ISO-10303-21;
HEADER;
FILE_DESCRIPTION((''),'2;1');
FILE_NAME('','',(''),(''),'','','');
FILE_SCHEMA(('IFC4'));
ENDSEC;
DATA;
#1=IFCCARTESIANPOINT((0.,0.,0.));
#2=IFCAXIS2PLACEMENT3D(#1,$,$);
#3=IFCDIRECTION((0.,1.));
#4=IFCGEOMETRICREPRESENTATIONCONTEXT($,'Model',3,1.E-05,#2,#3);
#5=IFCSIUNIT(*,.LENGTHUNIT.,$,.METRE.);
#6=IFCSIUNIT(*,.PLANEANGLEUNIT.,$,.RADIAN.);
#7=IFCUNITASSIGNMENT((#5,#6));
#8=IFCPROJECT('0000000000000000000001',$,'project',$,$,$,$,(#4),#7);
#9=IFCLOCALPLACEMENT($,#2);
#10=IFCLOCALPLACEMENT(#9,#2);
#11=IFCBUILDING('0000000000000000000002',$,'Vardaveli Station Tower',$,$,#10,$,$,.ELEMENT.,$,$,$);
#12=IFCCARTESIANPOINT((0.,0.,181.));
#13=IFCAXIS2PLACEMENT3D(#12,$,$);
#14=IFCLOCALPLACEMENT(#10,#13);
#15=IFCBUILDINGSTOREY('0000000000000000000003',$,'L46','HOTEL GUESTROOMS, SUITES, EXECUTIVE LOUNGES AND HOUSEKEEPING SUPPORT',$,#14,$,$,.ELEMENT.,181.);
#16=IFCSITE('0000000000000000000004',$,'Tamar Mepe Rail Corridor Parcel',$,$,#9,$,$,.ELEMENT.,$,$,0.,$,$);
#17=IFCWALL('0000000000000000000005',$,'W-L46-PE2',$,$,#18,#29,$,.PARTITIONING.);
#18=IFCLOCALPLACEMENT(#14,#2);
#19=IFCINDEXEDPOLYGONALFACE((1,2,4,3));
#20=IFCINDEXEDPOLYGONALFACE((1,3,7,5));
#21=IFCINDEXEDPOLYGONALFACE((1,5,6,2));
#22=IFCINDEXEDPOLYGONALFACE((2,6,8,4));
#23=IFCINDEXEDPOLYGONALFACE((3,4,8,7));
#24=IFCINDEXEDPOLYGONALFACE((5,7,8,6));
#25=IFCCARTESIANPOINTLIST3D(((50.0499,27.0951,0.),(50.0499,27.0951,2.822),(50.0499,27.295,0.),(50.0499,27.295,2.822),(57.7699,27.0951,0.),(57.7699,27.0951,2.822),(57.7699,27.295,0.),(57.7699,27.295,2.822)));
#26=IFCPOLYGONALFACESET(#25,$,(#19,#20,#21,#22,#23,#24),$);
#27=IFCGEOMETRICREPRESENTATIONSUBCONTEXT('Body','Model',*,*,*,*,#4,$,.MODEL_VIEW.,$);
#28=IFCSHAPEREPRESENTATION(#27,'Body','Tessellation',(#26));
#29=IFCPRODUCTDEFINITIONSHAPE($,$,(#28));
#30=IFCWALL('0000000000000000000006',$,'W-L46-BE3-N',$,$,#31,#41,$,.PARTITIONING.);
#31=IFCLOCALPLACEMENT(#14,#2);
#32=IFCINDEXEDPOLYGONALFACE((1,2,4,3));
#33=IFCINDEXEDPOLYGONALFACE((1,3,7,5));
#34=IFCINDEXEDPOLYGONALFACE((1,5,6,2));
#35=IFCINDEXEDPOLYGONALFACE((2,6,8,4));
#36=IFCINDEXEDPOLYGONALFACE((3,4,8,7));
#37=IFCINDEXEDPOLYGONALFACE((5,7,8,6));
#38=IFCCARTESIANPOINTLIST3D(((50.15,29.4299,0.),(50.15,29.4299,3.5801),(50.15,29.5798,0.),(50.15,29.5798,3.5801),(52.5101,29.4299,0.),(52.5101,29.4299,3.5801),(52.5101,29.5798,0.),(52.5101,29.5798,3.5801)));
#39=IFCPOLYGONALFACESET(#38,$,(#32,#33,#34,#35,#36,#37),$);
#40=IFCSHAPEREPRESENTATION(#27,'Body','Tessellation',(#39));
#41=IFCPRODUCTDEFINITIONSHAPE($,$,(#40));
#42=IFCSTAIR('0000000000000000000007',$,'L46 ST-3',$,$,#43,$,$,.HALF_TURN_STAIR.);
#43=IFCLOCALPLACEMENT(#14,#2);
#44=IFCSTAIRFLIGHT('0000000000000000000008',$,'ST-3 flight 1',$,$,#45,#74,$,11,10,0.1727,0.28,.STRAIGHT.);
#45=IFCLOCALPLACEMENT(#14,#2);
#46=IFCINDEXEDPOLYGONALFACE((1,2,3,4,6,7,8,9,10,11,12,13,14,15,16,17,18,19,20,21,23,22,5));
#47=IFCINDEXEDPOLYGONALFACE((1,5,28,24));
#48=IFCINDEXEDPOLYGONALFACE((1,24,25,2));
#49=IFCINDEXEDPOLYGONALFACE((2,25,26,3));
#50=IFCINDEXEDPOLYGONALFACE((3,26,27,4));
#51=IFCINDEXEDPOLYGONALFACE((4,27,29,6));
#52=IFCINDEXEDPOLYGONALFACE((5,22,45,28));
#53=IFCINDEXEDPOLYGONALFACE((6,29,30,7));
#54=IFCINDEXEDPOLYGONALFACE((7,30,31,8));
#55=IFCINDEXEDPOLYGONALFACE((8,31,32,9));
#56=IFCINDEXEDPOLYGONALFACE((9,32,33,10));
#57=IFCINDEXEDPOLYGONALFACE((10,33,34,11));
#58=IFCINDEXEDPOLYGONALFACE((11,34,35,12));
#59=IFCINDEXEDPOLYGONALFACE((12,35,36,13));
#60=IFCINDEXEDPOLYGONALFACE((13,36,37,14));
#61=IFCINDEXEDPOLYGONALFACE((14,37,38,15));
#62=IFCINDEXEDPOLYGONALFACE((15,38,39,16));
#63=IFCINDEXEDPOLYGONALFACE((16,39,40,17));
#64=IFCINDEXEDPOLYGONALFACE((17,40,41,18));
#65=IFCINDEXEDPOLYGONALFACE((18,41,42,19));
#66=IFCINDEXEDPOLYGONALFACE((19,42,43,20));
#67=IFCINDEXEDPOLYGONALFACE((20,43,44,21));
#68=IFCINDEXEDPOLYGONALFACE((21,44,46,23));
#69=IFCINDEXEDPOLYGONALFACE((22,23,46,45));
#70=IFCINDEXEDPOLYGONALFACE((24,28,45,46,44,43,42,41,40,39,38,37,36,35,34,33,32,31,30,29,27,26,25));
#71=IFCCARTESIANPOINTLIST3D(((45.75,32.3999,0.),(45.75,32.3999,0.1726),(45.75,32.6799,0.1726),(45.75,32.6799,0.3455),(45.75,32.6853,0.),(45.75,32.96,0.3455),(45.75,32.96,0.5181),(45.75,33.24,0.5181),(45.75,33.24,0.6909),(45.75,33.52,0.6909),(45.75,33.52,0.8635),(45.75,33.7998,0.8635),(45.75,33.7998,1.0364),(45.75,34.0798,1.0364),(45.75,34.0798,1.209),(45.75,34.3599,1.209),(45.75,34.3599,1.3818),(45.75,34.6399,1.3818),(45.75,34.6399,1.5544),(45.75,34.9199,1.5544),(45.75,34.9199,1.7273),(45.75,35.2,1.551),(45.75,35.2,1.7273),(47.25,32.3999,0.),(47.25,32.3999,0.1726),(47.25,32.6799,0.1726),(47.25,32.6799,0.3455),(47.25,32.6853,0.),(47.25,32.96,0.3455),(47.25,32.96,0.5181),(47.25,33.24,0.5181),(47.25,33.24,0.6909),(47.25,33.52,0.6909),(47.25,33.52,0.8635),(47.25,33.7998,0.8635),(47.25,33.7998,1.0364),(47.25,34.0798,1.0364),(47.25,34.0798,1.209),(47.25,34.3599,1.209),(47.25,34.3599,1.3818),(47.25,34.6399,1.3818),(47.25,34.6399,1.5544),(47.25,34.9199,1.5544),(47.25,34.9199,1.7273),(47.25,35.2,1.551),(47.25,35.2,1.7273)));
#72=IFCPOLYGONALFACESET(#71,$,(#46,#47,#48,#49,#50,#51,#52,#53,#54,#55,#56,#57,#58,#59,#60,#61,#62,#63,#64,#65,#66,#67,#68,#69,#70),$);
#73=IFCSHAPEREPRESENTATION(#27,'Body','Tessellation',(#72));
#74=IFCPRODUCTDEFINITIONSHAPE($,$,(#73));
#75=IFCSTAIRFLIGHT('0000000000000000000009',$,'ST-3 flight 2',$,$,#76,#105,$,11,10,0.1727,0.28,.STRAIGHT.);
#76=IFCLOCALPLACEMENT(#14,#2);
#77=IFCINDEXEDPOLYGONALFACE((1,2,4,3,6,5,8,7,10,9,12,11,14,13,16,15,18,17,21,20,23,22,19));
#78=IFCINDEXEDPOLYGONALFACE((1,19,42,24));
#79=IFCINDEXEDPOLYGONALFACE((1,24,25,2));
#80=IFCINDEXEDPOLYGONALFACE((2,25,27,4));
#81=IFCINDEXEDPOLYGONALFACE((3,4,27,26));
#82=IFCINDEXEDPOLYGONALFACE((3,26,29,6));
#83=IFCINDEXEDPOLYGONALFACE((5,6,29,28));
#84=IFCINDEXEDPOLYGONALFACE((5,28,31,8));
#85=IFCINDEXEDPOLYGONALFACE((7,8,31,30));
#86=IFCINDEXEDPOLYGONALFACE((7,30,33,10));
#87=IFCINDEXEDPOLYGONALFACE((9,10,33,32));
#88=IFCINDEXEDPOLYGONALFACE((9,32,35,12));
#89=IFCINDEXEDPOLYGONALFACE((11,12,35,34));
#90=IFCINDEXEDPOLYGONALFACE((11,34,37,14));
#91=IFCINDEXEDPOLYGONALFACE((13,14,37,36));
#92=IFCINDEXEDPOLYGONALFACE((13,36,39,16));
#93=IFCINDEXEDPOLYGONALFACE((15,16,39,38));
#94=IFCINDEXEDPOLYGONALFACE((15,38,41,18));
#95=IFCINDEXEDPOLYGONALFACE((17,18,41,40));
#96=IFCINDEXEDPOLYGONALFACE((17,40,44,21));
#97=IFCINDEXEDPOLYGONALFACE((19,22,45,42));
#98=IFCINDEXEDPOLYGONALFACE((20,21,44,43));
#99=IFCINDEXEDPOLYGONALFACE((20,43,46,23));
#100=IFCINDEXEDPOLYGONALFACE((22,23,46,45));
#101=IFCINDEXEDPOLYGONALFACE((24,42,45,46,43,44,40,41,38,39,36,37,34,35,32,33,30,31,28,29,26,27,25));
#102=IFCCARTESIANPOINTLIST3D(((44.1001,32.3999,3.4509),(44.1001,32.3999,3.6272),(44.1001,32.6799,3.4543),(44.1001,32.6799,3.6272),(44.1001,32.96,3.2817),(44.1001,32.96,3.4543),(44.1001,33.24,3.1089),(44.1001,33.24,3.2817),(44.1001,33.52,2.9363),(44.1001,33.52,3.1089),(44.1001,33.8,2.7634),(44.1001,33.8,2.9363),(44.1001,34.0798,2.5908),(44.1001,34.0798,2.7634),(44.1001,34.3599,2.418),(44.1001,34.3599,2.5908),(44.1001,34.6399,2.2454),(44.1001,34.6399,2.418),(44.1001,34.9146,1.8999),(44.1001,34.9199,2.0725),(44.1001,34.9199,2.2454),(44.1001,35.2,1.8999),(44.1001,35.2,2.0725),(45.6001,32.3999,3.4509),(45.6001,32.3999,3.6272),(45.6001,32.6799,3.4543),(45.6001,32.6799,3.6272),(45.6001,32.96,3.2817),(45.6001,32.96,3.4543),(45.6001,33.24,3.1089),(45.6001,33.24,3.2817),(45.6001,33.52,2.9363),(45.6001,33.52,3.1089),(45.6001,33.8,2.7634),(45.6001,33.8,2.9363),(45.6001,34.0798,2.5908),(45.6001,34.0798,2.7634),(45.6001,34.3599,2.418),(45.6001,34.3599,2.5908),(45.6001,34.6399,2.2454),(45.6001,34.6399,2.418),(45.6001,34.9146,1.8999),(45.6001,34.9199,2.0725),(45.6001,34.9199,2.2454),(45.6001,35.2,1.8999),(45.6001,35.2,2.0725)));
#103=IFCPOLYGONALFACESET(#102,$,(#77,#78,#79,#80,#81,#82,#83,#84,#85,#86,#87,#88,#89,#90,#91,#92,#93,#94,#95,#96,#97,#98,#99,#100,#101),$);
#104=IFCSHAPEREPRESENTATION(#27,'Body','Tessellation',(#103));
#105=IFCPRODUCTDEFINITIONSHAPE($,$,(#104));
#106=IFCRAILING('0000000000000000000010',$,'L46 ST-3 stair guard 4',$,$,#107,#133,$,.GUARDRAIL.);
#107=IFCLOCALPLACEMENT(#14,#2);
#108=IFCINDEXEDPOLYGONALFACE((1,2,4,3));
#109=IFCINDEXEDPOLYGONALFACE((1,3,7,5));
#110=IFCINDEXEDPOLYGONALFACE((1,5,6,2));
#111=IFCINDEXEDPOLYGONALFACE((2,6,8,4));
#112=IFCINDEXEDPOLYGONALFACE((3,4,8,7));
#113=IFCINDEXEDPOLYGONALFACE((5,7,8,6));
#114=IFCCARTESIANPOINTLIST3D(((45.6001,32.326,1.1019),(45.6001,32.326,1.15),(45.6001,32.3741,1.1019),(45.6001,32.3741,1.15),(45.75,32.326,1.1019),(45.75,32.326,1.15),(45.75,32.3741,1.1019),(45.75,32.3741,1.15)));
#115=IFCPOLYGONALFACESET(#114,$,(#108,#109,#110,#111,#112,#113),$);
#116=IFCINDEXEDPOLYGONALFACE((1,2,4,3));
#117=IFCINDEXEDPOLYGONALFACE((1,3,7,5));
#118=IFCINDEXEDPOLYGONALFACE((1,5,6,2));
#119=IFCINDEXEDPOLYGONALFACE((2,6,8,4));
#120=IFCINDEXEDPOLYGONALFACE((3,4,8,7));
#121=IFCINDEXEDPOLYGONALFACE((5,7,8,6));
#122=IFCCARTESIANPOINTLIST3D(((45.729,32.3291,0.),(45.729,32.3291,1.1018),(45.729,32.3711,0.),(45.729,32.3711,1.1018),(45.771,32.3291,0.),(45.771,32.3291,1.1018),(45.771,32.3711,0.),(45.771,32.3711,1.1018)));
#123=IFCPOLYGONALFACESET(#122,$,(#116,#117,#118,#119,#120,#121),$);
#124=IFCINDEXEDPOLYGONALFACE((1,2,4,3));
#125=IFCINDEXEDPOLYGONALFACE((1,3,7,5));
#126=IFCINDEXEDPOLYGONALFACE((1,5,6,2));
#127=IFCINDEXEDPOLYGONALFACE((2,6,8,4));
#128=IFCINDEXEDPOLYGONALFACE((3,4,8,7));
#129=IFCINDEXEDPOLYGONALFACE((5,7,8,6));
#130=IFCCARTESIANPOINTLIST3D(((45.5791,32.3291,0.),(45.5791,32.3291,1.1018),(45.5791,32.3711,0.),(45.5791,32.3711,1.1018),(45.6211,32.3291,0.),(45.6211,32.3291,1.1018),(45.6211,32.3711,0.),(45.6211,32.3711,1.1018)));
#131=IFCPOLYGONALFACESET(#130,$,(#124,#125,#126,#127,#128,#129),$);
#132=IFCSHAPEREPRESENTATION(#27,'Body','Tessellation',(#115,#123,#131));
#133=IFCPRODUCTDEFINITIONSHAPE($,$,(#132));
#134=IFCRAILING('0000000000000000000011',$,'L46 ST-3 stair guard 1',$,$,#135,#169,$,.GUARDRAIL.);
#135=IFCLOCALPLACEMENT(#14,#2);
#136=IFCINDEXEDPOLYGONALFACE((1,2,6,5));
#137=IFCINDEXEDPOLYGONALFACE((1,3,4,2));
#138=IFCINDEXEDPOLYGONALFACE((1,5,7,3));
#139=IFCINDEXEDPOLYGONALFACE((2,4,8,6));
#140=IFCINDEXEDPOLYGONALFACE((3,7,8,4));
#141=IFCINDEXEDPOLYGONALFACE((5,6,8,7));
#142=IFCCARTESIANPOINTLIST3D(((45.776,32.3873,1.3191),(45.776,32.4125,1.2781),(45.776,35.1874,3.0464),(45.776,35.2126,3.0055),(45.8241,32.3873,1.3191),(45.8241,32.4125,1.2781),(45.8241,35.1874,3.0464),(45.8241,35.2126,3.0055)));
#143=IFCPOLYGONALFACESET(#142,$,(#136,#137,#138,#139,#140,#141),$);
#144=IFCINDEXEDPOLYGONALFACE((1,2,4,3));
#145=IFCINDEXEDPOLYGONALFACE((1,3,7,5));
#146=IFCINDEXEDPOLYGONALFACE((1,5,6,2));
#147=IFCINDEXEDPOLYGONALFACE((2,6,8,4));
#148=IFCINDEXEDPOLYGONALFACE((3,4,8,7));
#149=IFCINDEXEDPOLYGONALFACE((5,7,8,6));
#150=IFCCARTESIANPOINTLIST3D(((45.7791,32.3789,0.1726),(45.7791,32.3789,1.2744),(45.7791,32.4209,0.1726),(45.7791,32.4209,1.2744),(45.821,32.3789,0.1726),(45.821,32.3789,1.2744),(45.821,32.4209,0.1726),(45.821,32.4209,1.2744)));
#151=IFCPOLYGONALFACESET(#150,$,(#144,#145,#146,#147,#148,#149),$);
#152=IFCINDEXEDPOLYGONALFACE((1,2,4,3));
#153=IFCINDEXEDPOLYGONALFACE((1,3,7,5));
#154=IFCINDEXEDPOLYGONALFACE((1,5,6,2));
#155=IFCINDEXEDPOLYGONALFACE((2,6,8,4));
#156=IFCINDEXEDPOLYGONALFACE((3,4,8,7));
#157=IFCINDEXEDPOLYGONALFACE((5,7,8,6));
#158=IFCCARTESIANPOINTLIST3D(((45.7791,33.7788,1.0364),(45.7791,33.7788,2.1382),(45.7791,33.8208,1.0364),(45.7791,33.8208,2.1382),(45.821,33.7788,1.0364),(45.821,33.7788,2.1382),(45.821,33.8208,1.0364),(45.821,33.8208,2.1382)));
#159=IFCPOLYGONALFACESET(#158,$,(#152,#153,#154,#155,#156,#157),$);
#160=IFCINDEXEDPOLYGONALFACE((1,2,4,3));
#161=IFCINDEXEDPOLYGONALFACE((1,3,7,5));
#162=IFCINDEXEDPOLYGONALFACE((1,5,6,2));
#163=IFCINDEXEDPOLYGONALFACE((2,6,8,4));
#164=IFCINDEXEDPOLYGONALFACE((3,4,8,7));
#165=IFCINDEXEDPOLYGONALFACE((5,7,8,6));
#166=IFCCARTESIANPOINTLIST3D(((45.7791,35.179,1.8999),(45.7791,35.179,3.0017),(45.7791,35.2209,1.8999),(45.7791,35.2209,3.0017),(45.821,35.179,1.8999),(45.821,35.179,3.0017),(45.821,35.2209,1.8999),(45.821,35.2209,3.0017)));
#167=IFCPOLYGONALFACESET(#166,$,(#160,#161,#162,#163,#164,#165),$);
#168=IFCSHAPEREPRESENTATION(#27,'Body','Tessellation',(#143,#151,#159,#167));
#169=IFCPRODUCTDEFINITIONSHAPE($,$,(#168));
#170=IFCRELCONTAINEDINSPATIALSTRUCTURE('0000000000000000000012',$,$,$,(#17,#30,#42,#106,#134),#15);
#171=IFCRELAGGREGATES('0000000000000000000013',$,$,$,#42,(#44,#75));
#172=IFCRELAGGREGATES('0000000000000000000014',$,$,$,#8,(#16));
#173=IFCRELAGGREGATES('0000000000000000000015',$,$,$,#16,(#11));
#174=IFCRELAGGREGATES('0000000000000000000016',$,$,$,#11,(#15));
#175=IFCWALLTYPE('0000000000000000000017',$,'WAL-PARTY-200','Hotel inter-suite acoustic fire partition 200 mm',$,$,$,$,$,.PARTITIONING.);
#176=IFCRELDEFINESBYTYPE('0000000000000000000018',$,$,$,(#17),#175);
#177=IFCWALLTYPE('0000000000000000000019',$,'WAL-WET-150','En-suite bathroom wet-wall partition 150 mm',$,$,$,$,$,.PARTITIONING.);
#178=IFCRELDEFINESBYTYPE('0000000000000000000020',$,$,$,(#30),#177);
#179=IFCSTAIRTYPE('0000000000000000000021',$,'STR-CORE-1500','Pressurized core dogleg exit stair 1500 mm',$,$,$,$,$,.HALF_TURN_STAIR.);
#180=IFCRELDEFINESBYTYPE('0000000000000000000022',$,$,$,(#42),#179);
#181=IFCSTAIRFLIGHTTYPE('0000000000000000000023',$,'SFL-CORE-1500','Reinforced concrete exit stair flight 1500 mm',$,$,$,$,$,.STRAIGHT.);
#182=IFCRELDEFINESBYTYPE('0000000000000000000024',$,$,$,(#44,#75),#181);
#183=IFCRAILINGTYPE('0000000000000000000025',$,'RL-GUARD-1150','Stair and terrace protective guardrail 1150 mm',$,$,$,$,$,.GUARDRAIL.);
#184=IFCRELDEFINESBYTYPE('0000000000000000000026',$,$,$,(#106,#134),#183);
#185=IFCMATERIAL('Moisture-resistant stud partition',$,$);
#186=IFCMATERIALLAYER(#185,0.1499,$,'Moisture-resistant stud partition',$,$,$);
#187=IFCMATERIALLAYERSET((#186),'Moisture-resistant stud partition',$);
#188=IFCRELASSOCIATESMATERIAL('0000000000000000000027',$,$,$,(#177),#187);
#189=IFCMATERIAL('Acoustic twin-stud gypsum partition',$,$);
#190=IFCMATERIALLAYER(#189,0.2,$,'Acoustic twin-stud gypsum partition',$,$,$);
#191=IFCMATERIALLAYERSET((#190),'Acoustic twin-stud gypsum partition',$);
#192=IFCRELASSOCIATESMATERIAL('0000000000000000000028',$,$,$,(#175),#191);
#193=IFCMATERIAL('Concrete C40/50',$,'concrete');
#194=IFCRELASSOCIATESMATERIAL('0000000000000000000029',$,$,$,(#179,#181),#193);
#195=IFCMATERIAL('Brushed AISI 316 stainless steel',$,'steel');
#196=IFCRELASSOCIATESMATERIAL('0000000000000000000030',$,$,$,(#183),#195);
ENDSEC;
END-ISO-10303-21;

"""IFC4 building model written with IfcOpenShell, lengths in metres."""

from ifc_helpers import new_model, si_unit, direction, frame, frame_2d, origin, origin_2d, place, context, subcontext, project, spatial, polyline, rectangle, outline, extrude, source, transform, mapped, material, layer, layer_set, type_object, element, aggregate, save


model = new_model("IFC4")

# Units and contexts
model_context = context("Model", 3, precision=1e-05, world=origin(), true_north=direction((0.0, 1.0)))
body_context = subcontext(model_context, "Body", "Model", "MODEL_VIEW")
ifc_project = project(units=[si_unit("LENGTHUNIT", "METRE"), si_unit("PLANEANGLEUNIT", "RADIAN")], contexts=[model_context])

# Site, building, storey
site_placement = place(None, origin())
site = spatial("IfcSite", under=ifc_project, at=site_placement, Name="Tamar Mepe Rail Corridor Parcel", CompositionType="ELEMENT", RefElevation=0.0)
building_placement = place(site_placement, origin())
building = spatial("IfcBuilding", under=site, at=building_placement, Name="Vardaveli Station Tower", CompositionType="ELEMENT")
storey_placement = place(building_placement, frame((0.0, 0.0, 181.0)))
storey = spatial("IfcBuildingStorey", under=building, at=storey_placement, Name="L46", Description="HOTEL GUESTROOMS, SUITES, EXECUTIVE LOUNGES AND HOUSEKEEPING SUPPORT", CompositionType="ELEMENT", Elevation=181.0)

# Shared definitions
ifc_material_1 = material(Name="Concrete C40/50", Category="concrete")

# Shared definitions
ifc_material_2 = material(Name="Moisture-resistant stud partition")
ifc_layer_1 = layer(ifc_material_2, 0.1499, Name="Moisture-resistant stud partition")
ifc_layer_set_1 = layer_set([ifc_layer_1], Name="Moisture-resistant stud partition")
wall_type_1 = type_object("IfcWallType", Name="WAL-WET-150", Description="En-suite bathroom wet-wall partition 150 mm", PredefinedType="PARTITIONING", material=ifc_layer_set_1)

# Walls
ifc_material_3 = material(Name="Acoustic twin-stud gypsum partition")
ifc_layer_2 = layer(ifc_material_3, 0.2, Name="Acoustic twin-stud gypsum partition")
ifc_layer_set_2 = layer_set([ifc_layer_2], Name="Acoustic twin-stud gypsum partition")
wall_type_2 = type_object("IfcWallType", Name="WAL-PARTY-200", Description="Hotel inter-suite acoustic fire partition 200 mm", PredefinedType="PARTITIONING", material=ifc_layer_set_2)
shared_shape_1 = source(origin(), body_context, "Body", "SweptSolid", [
    extrude(rectangle(XDim=7.72, YDim=0.2, at=frame_2d((3.8599, 0.0))), origin(), (0.0, 0.0, 1.0), 2.822),
])
wall_1_placement = place(storey_placement, frame((50.05, 27.1951, 0.0), z_axis=(0.0, 0.0, 1.0), x_axis=(1.0, 0.0, 0.0)))
element("IfcWall", 1, at=wall_1_placement, inside=storey, type_object=wall_type_2, Name="W-L46-PE2", PredefinedType="PARTITIONING", context=body_context, shape_type="MappedRepresentation", body=[
    mapped(shared_shape_1, transform((0.0, 0.0, 0.0), scale=1.0)),
])
shared_shape_2 = source(origin(), body_context, "Body", "SweptSolid", [
    extrude(rectangle(XDim=2.3601, YDim=0.1499, at=frame_2d((1.1802, 0.0))), origin(), (0.0, 0.0, 1.0), 3.5801),
])
wall_2_placement = place(storey_placement, frame((50.1499, 29.5049, 0.0), z_axis=(0.0, 0.0, 1.0), x_axis=(1.0, 0.0, 0.0)))
element("IfcWall", 2, at=wall_2_placement, inside=storey, type_object=wall_type_1, Name="W-L46-BE3-N", PredefinedType="PARTITIONING", context=body_context, shape_type="MappedRepresentation", body=[
    mapped(shared_shape_2, transform((0.0, 0.0, 0.0), scale=1.0)),
])

# Stair, stair flights
stair_type = type_object("IfcStairType", Name="STR-CORE-1500", Description="Pressurized core dogleg exit stair 1500 mm", PredefinedType="HALF_TURN_STAIR", material=ifc_material_1)
stair_placement = place(storey_placement, origin())
stair = element("IfcStair", 3, at=stair_placement, inside=storey, type_object=stair_type, Name="L46 ST-3", PredefinedType="HALF_TURN_STAIR")
stair_flight_type = type_object("IfcStairFlightType", Name="SFL-CORE-1500", Description="Reinforced concrete exit stair flight 1500 mm", PredefinedType="STRAIGHT", material=ifc_material_1)
shared_shape_3 = source(origin(), body_context, "Body", "SweptSolid", [
    extrude(outline(polyline([(0.0, 0.0), (0.0, 0.1726), (0.28, 0.1726), (0.28, 0.3455), (0.5601, 0.3455), (0.5601, 0.5181), (0.8401, 0.5181), (0.8401, 0.6909), (1.1201, 0.6909), (1.1201, 0.8635), (1.3999, 0.8635), (1.3999, 1.0364), (1.6799, 1.0364), (1.6799, 1.209), (1.96, 1.209), (1.96, 1.3818), (2.24, 1.3818), (2.24, 1.5544), (2.52, 1.5544), (2.52, 1.7273), (2.8, 1.7273), (2.8, 1.8999), (2.8, 1.551), (0.2854, 0.0), (0.0, 0.0)])), frame((0.0, 0.75, 0.0), z_axis=(0.0, -1.0, 0.0), x_axis=(1.0, 0.0, 0.0)), (0.0, 0.0, 1.0), 1.5),
])
stair_flight_1_placement = place(storey_placement, frame((46.5, 32.3999, 0.0), z_axis=(0.0, 0.0, 1.0), x_axis=(0.0, 1.0, 0.0)))
stair_flight_1 = element("IfcStairFlight", 4, at=stair_flight_1_placement, type_object=stair_flight_type, Name="ST-3 flight 1", NumberOfRisers=11, NumberOfTreads=10, PredefinedType="STRAIGHT", RiserHeight=0.1727, TreadLength=0.28, context=body_context, shape_type="MappedRepresentation", body=[
    mapped(shared_shape_3, transform((0.0, 0.0, 0.0), scale=1.0)),
])
stair_flight_2_placement = place(storey_placement, frame((44.8501, 35.2, 1.8999), z_axis=(0.0, 0.0, 1.0), x_axis=(0.0, -1.0, 0.0)))
stair_flight_2 = element("IfcStairFlight", 5, at=stair_flight_2_placement, type_object=stair_flight_type, Name="ST-3 flight 2", NumberOfRisers=11, NumberOfTreads=10, PredefinedType="STRAIGHT", RiserHeight=0.1727, TreadLength=0.28, context=body_context, shape_type="MappedRepresentation", body=[
    mapped(shared_shape_3, transform((0.0, 0.0, 0.0), scale=1.0)),
])
aggregate(stair, [stair_flight_1, stair_flight_2])

# Railings
ifc_material_4 = material(Name="Brushed AISI 316 stainless steel", Category="steel")
railing_type_1 = type_object("IfcRailingType", Name="RL-GUARD-1150", Description="Stair and terrace protective guardrail 1150 mm", PredefinedType="GUARDRAIL", material=ifc_material_4)
shared_shape_4 = source(origin(), body_context, "Body", "SweptSolid", [
    extrude(rectangle(XDim=0.0481, YDim=0.0481, at=origin_2d()), frame((0.0, 0.0, 1.126), z_axis=(-1.0, 0.0, 0.0), x_axis=(0.0, -1.0, 0.0)), (0.0, 0.0, 1.0), 0.1499),
    extrude(rectangle(XDim=0.042, YDim=0.042, at=origin_2d()), origin(), (0.0, 0.0, 1.0), 1.1018),
    extrude(rectangle(XDim=0.042, YDim=0.042, at=origin_2d()), frame((-0.1499, 0.0, 0.0)), (0.0, 0.0, 1.0), 1.1018),
])
railing_1_placement = place(storey_placement, frame((45.75, 32.3501, 0.0)))
element("IfcRailing", 6, at=railing_1_placement, inside=storey, type_object=railing_type_1, Name="L46 ST-3 stair guard 4", PredefinedType="GUARDRAIL", context=body_context, shape_type="MappedRepresentation", body=[
    mapped(shared_shape_4, transform((0.0, 0.0, 0.0), scale=1.0)),
])
shared_shape_5 = source(origin(), body_context, "Body", "SweptSolid", [
    extrude(rectangle(XDim=0.0481, YDim=0.0481, at=origin_2d()), frame((0.0, 0.0, 1.126), z_axis=(0.0, 0.85109, 0.52502), x_axis=(-1.0, 0.0, 0.0)), (0.0, 0.0, 1.0), 3.29),
    extrude(rectangle(XDim=0.042, YDim=0.042, at=origin_2d()), origin(), (0.0, 0.0, 1.0), 1.1018),
    extrude(rectangle(XDim=0.042, YDim=0.042, at=origin_2d()), frame((0.0, 1.3999, 0.8638)), (0.0, 0.0, 1.0), 1.1018),
    extrude(rectangle(XDim=0.042, YDim=0.042, at=origin_2d()), frame((0.0, 2.8, 1.7273)), (0.0, 0.0, 1.0), 1.1018),
])
railing_2_placement = place(storey_placement, frame((45.8, 32.3999, 0.1726)))
element("IfcRailing", 7, at=railing_2_placement, inside=storey, type_object=railing_type_1, Name="L46 ST-3 stair guard 1", PredefinedType="GUARDRAIL", context=body_context, shape_type="MappedRepresentation", body=[
    mapped(shared_shape_5, transform((0.0, 0.0, 0.0), scale=1.0)),
])

save(model, "model.ifc")
